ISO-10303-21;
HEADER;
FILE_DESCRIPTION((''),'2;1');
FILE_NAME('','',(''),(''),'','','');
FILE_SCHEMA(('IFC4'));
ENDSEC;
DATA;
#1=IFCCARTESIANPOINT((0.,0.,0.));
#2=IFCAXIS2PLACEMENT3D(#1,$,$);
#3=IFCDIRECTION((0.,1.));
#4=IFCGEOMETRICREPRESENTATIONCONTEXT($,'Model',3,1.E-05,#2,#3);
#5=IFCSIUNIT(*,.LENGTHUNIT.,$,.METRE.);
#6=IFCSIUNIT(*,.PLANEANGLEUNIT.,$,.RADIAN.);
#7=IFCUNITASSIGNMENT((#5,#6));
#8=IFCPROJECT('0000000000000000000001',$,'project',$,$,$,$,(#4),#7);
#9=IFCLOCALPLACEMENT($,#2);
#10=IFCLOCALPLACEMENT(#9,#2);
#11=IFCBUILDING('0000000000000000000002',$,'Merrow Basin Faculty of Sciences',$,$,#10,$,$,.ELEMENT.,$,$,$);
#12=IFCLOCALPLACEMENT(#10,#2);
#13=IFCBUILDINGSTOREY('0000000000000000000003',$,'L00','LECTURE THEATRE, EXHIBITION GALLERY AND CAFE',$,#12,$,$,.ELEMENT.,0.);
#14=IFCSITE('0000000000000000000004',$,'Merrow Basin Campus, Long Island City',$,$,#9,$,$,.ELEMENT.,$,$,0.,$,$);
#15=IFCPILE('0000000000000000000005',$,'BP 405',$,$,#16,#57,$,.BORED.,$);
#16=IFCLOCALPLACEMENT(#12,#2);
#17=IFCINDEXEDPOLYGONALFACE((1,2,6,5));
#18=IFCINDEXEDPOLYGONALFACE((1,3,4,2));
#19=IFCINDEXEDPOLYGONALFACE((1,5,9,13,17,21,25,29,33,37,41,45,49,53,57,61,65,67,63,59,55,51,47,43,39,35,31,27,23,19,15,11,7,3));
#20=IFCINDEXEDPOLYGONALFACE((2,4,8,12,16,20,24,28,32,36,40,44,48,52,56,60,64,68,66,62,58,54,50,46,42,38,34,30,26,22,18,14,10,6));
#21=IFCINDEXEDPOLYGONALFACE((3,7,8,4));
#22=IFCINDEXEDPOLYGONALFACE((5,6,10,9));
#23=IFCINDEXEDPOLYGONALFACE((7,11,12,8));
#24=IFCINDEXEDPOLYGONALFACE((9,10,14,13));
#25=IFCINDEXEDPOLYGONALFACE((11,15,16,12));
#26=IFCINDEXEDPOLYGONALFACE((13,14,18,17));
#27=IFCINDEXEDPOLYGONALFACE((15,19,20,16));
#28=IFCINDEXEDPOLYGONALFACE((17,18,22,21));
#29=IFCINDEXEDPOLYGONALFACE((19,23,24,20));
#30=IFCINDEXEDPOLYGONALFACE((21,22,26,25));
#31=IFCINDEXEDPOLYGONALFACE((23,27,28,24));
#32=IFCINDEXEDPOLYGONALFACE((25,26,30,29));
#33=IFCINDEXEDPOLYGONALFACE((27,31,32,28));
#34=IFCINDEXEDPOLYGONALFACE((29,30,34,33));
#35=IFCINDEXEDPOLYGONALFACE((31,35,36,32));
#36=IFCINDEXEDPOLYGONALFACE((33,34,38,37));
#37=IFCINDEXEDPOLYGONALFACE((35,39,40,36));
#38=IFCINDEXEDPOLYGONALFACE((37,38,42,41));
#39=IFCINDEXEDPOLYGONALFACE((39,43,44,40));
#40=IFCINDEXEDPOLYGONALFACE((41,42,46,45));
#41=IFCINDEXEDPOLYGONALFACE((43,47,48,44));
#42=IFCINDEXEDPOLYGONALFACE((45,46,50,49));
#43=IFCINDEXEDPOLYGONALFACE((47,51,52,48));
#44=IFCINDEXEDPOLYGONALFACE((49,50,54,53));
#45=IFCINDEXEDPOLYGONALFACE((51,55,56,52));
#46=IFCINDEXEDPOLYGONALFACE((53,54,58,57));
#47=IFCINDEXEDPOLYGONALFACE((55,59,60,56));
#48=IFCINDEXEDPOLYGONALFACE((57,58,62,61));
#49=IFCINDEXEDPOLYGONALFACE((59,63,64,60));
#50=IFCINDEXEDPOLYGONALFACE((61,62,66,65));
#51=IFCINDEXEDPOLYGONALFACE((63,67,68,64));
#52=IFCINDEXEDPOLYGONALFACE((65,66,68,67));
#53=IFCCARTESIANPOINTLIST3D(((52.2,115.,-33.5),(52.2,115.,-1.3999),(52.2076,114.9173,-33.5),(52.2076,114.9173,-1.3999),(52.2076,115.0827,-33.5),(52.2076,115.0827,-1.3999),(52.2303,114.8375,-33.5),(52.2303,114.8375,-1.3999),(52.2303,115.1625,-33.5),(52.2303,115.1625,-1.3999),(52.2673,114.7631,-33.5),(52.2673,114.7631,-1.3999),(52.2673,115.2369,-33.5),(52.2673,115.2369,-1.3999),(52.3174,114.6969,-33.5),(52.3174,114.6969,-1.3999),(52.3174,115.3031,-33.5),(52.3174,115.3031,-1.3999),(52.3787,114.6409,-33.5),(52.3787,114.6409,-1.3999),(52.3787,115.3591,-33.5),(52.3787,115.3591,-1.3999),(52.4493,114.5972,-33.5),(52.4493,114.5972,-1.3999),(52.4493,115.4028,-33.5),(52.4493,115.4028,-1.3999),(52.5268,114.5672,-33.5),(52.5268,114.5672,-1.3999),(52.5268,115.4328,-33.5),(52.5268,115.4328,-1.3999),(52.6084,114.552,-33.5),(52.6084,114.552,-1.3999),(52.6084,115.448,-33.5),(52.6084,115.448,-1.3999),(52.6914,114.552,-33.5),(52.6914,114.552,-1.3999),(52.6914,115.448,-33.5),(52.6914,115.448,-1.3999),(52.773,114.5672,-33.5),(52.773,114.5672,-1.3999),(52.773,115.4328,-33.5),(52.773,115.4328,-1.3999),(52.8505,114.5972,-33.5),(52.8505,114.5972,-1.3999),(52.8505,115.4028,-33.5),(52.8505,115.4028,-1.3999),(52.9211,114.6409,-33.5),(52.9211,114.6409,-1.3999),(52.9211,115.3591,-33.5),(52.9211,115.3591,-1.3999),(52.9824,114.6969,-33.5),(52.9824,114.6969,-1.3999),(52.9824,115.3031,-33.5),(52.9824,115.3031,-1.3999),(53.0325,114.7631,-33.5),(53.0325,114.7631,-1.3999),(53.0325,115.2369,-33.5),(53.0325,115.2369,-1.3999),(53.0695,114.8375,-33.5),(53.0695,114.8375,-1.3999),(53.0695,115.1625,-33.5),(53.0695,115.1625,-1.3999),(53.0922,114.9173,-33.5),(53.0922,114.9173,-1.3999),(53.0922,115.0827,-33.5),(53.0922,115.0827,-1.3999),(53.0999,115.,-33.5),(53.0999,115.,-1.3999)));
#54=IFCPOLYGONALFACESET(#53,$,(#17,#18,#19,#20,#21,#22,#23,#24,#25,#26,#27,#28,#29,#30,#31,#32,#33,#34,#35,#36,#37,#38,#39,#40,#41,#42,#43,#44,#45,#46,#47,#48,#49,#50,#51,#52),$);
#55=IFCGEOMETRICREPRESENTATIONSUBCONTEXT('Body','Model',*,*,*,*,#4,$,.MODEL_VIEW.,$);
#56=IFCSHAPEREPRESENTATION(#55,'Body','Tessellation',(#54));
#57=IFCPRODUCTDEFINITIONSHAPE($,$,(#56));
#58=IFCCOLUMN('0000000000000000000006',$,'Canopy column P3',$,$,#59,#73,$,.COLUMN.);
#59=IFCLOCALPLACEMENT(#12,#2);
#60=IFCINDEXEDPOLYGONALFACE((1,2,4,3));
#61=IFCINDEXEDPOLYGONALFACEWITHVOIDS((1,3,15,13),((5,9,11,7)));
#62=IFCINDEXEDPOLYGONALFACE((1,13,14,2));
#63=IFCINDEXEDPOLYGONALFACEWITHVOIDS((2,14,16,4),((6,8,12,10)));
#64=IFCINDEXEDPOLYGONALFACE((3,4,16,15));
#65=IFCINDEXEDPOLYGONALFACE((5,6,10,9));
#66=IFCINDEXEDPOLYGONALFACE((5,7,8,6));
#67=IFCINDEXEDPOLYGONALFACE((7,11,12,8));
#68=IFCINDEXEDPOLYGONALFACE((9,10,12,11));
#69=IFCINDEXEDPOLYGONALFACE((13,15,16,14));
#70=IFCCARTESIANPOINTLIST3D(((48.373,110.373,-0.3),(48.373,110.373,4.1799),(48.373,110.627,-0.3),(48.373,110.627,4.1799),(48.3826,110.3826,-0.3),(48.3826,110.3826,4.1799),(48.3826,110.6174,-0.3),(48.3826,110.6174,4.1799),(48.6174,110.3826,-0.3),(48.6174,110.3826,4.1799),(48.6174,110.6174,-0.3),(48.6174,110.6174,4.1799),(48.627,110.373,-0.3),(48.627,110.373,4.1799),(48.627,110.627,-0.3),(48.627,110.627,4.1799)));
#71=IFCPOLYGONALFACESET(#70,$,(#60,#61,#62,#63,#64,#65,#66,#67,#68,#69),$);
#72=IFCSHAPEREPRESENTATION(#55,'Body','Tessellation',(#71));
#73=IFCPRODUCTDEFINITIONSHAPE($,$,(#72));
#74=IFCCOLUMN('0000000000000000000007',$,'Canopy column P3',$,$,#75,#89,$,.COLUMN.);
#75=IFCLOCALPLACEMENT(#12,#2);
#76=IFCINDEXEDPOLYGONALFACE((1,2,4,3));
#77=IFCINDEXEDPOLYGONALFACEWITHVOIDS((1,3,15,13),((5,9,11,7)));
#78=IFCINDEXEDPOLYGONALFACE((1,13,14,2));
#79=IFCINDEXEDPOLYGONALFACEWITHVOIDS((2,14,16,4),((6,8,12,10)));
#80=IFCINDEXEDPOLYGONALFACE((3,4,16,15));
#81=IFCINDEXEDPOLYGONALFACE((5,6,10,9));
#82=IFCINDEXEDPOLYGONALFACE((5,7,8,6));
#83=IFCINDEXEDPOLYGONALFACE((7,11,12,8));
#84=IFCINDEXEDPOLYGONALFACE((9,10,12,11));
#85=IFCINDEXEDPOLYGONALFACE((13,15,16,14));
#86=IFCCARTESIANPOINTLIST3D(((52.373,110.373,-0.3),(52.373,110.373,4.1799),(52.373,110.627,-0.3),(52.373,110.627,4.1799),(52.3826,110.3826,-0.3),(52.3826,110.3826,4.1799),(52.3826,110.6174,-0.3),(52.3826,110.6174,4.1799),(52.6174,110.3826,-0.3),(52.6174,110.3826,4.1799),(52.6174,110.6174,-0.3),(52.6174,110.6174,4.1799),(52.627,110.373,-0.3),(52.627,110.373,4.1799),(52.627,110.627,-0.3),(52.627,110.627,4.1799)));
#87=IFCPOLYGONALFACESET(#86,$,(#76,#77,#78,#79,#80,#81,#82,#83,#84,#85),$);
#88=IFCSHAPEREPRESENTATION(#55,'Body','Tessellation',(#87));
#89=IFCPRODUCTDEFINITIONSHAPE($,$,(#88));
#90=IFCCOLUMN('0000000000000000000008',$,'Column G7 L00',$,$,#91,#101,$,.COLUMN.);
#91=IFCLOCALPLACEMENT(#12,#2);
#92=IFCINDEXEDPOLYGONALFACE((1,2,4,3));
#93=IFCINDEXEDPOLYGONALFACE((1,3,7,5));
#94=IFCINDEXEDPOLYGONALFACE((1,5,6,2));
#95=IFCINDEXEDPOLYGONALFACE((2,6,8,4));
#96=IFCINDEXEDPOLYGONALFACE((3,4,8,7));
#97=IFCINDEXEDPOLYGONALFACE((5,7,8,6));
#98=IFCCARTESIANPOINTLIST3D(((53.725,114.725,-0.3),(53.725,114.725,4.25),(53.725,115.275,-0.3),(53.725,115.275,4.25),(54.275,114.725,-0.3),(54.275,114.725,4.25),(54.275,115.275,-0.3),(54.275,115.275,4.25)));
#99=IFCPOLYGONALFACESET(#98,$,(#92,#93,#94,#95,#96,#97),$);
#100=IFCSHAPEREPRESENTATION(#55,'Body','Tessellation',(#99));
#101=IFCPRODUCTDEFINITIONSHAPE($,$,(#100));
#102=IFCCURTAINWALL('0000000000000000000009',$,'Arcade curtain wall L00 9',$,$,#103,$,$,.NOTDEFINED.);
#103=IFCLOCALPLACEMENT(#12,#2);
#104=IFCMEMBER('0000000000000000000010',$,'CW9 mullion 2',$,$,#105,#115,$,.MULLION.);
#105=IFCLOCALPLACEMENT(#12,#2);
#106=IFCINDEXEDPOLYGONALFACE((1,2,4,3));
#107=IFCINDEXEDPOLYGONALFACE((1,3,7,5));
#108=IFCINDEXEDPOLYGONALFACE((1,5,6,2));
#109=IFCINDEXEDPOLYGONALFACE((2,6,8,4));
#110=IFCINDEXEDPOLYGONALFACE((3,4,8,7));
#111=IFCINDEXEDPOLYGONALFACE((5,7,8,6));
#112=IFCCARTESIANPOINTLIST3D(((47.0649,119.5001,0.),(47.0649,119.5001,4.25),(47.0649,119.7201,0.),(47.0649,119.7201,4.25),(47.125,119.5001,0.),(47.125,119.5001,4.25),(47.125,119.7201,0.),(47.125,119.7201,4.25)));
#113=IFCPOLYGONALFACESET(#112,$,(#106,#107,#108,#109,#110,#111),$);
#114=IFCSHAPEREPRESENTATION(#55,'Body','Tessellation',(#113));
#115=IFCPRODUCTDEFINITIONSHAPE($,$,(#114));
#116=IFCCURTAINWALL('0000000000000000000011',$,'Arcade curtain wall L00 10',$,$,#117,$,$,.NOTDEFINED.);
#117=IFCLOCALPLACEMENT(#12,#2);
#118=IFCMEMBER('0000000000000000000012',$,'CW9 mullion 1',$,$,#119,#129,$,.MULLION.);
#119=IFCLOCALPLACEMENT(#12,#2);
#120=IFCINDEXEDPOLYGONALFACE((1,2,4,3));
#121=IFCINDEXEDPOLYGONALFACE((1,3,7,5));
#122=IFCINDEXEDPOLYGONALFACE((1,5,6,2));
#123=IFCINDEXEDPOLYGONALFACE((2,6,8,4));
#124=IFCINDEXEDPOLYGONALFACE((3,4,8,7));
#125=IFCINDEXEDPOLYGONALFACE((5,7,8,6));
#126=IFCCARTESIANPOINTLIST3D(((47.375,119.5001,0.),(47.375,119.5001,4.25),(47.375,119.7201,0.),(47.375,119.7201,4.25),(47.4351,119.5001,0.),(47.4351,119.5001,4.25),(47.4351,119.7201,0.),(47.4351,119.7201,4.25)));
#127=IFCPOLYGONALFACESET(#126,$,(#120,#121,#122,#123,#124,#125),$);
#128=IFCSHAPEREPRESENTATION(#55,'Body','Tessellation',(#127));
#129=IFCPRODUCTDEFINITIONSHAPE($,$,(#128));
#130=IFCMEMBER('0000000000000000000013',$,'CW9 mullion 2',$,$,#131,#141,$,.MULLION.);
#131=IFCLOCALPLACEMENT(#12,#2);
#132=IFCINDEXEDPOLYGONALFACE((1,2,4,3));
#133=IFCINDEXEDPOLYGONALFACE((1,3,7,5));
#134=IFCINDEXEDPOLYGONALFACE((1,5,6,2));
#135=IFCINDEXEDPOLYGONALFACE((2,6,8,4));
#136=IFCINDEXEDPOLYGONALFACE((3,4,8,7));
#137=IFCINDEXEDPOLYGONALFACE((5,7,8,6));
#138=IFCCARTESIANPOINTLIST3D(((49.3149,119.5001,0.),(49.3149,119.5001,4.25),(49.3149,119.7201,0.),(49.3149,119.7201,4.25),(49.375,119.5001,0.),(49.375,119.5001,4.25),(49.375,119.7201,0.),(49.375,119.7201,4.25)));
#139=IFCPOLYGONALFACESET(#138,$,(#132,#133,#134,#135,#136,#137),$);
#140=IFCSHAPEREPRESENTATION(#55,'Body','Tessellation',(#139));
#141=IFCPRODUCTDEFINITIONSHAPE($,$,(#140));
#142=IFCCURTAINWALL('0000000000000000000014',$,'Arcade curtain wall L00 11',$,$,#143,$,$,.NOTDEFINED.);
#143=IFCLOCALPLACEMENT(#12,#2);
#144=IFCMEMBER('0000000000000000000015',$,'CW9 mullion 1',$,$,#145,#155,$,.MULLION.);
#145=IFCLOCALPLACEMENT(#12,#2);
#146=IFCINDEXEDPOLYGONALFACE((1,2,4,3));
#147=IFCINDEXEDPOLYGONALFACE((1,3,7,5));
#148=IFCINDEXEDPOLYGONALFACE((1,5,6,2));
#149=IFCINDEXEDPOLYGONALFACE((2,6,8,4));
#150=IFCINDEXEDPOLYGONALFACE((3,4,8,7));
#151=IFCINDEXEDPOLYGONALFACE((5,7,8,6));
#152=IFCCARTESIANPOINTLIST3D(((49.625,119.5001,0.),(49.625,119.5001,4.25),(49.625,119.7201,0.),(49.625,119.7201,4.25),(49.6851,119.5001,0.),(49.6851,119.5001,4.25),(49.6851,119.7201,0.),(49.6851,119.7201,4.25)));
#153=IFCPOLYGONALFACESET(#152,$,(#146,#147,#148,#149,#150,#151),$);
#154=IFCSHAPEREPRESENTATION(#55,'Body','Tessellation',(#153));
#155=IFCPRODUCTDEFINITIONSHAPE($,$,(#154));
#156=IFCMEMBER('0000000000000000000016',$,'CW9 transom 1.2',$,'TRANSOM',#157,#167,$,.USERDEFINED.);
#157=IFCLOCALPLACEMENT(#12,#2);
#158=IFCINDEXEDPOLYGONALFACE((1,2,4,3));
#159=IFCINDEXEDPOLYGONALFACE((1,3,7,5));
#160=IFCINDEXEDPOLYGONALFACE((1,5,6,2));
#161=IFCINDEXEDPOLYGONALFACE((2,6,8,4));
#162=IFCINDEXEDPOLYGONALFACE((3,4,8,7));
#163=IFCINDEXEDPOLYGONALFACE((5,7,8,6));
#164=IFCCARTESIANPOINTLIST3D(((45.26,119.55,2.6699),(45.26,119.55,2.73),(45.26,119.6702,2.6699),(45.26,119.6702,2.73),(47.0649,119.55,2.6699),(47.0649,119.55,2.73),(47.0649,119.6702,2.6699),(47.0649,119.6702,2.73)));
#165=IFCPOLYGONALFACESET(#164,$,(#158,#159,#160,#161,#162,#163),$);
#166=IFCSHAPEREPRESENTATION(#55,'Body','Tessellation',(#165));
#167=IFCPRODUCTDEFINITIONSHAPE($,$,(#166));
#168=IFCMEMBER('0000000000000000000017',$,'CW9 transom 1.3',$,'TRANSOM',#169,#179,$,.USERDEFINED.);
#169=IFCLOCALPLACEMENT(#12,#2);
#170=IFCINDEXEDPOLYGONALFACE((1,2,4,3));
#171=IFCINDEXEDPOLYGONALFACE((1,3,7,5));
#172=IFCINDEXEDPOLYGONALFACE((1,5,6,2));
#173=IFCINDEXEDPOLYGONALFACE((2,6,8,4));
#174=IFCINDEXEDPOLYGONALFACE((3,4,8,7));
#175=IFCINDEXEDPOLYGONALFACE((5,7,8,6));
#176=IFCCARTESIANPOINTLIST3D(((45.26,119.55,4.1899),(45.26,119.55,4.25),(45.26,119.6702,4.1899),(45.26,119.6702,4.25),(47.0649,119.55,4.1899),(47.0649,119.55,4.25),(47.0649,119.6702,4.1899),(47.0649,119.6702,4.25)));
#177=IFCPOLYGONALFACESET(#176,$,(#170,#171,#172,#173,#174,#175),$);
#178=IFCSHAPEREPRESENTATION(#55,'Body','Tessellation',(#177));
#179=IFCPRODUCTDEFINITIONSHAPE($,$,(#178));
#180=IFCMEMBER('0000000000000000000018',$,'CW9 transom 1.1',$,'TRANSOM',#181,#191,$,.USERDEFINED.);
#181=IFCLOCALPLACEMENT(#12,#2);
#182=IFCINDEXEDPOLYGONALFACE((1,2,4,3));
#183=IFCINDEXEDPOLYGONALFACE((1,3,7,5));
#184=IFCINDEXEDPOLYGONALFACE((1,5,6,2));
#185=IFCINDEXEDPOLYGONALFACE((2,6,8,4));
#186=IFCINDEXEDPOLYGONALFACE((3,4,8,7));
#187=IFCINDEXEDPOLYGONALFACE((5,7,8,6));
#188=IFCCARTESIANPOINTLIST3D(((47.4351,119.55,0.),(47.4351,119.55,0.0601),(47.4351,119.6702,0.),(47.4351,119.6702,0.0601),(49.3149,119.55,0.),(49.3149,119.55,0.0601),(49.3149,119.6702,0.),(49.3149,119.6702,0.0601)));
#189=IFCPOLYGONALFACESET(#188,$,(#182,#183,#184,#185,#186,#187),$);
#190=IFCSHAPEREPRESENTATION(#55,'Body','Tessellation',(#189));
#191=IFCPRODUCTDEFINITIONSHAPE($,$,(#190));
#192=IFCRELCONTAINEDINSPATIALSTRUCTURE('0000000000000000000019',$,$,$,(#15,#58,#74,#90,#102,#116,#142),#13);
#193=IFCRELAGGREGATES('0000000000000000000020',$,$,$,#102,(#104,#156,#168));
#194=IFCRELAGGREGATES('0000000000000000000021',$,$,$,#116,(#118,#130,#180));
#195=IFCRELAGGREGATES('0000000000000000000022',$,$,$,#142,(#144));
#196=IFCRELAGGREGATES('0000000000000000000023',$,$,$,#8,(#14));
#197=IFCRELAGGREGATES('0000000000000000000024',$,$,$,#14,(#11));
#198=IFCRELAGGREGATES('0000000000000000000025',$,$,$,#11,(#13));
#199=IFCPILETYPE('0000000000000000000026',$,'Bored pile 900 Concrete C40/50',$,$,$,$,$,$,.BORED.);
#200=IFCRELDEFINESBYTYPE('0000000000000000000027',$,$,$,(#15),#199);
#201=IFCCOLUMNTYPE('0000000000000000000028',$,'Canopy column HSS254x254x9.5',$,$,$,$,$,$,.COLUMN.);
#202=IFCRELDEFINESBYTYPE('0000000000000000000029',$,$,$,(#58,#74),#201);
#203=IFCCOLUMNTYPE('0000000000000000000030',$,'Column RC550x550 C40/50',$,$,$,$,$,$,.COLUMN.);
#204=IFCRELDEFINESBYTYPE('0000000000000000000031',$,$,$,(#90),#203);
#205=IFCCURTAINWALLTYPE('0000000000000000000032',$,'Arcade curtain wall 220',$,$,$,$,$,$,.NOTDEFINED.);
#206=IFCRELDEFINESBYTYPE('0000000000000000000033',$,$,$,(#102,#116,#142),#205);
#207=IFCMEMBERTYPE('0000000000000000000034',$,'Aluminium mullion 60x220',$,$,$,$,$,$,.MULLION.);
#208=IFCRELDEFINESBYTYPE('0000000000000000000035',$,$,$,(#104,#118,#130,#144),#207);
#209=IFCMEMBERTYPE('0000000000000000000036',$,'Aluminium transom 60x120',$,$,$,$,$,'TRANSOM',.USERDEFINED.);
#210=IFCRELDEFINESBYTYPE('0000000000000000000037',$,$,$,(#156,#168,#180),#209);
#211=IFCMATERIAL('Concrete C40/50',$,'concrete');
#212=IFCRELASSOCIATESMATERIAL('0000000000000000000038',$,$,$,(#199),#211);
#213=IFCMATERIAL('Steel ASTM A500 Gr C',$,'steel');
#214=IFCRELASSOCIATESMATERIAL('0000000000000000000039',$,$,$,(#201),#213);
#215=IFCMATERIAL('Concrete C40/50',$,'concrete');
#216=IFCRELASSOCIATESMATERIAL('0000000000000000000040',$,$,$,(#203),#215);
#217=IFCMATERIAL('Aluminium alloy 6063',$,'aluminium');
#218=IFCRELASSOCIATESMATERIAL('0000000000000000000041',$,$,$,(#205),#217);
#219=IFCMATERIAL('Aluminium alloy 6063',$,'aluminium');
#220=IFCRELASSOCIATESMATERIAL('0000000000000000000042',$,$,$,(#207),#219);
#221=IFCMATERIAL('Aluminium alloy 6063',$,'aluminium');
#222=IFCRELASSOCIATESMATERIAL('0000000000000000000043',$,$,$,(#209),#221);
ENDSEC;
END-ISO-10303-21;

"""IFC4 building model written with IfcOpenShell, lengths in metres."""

from ifc_helpers import new_model, si_unit, direction, frame, origin, origin_2d, place, context, subcontext, project, spatial, rectangle, hollow_rectangle, circle, extrude, material, material_profile, profile_set, type_object, element, aggregate, save


model = new_model("IFC4")

# Units and contexts
model_context = context("Model", 3, precision=1e-05, world=origin(), true_north=direction((0.0, 1.0)))
body_context = subcontext(model_context, "Body", "Model", "MODEL_VIEW")
ifc_project = project(units=[si_unit("LENGTHUNIT", "METRE"), si_unit("PLANEANGLEUNIT", "RADIAN")], contexts=[model_context])

# Site, building, storey
site_placement = place(None, origin())
site = spatial("IfcSite", under=ifc_project, at=site_placement, Name="Merrow Basin Campus, Long Island City", CompositionType="ELEMENT", RefElevation=0.0)
building_placement = place(site_placement, origin())
building = spatial("IfcBuilding", under=site, at=building_placement, Name="Merrow Basin Faculty of Sciences", CompositionType="ELEMENT")
storey_placement = place(building_placement, origin())
storey = spatial("IfcBuildingStorey", under=building, at=storey_placement, Name="L00", Description="LECTURE THEATRE, EXHIBITION GALLERY AND CAFE", CompositionType="ELEMENT", Elevation=0.0)

# Pile
ifc_material_1 = material(Name="Concrete C40/50", Category="concrete")
ifc_material_profile_1 = material_profile(ifc_material_1, circle(Radius=0.45, at=origin_2d()))
ifc_profile_set_1 = profile_set([ifc_material_profile_1], Name="Concrete C40/50")
pile_type_1 = type_object("IfcPileType", Name="Bored pile 900 Concrete C40/50", PredefinedType="BORED", material=ifc_profile_set_1)
for number, where, z_axis, x_axis, name in (
    (1, (52.6499, 115.0, -1.3999), (0.0, 0.0, -1.0), (1.0, 0.0, 0.0), "BP 405"),
):
    element("IfcPile", number, at=place(storey_placement, frame(where, z_axis=z_axis, x_axis=x_axis)), inside=storey, type_object=pile_type_1, Name=name, PredefinedType="BORED", context=body_context, shape_type="SweptSolid", body=[
        extrude(circle(Radius=0.45, at=origin_2d()), origin(), (0.0, 0.0, 1.0), 32.1001),
    ])

# Columns
ifc_material_2 = material(Name="Steel ASTM A500 Gr C", Category="steel")
ifc_material_profile_2 = material_profile(ifc_material_2, hollow_rectangle(XDim=0.2539, YDim=0.2539, WallThickness=0.0095, at=origin_2d()))
ifc_profile_set_2 = profile_set([ifc_material_profile_2], Name="Steel ASTM A500 Gr C")
column_type_1 = type_object("IfcColumnType", Name="Canopy column HSS254x254x9.5", PredefinedType="COLUMN", material=ifc_profile_set_2)
for number, where, z_axis, x_axis, name in (
    (2, (48.5, 110.5, -0.3), (0.0, 0.0, 1.0), (1.0, 0.0, 0.0), "Canopy column P3"),
    (3, (52.5, 110.5, -0.3), (0.0, 0.0, 1.0), (1.0, 0.0, 0.0), "Canopy column P3"),
):
    element("IfcColumn", number, at=place(storey_placement, frame(where, z_axis=z_axis, x_axis=x_axis)), inside=storey, type_object=column_type_1, Name=name, PredefinedType="COLUMN", context=body_context, shape_type="SweptSolid", body=[
        extrude(hollow_rectangle(XDim=0.2539, YDim=0.2539, WallThickness=0.0095, at=origin_2d()), origin(), (0.0, 0.0, 1.0), 4.48),
    ])
ifc_material_3 = material(Name="Concrete C40/50", Category="concrete")
ifc_material_profile_3 = material_profile(ifc_material_3, rectangle(XDim=0.55, YDim=0.55, at=origin_2d()))
ifc_profile_set_3 = profile_set([ifc_material_profile_3], Name="Concrete C40/50")
column_type_2 = type_object("IfcColumnType", Name="Column RC550x550 C40/50", PredefinedType="COLUMN", material=ifc_profile_set_3)
column_placement = place(storey_placement, frame((54.0, 115.0, -0.3), z_axis=(0.0, 0.0, 1.0), x_axis=(1.0, 0.0, 0.0)))
element("IfcColumn", 4, at=column_placement, inside=storey, type_object=column_type_2, Name="Column G7 L00", PredefinedType="COLUMN", context=body_context, shape_type="SweptSolid", body=[
    extrude(rectangle(XDim=0.55, YDim=0.55, at=origin_2d()), origin(), (0.0, 0.0, 1.0), 4.55),
])

# Curtain wall, member
ifc_material_4 = material(Name="Aluminium alloy 6063", Category="aluminium")
curtain_wall_type = type_object("IfcCurtainWallType", Name="Arcade curtain wall 220", PredefinedType="NOTDEFINED", material=ifc_material_4)
curtain_wall_1_placement = place(storey_placement, origin())
curtain_wall_1 = element("IfcCurtainWall", 5, at=curtain_wall_1_placement, inside=storey, type_object=curtain_wall_type, Name="Arcade curtain wall L00 9", PredefinedType="NOTDEFINED")
ifc_material_5 = material(Name="Aluminium alloy 6063", Category="aluminium")
ifc_material_profile_4 = material_profile(ifc_material_5, rectangle(XDim=0.22, YDim=0.0601, at=origin_2d()))
ifc_profile_set_4 = profile_set([ifc_material_profile_4], Name="Aluminium alloy 6063")
member_type_1 = type_object("IfcMemberType", Name="Aluminium mullion 60x220", PredefinedType="MULLION", material=ifc_profile_set_4)
member_1_placement = place(storey_placement, frame((47.095, 119.6101, 0.0), z_axis=(0.0, 0.0, 1.0), x_axis=(0.0, 1.0, 0.0)))
member_1 = element("IfcMember", 6, at=member_1_placement, type_object=member_type_1, Name="CW9 mullion 2", PredefinedType="MULLION", context=body_context, shape_type="SweptSolid", body=[
    extrude(rectangle(XDim=0.22, YDim=0.0601, at=origin_2d()), origin(), (0.0, 0.0, 1.0), 4.25),
])

# Curtain wall, members
curtain_wall_2_placement = place(storey_placement, origin())
curtain_wall_2 = element("IfcCurtainWall", 7, at=curtain_wall_2_placement, inside=storey, type_object=curtain_wall_type, Name="Arcade curtain wall L00 10", PredefinedType="NOTDEFINED")
member_2_placement = place(storey_placement, frame((47.405, 119.6101, 0.0), z_axis=(0.0, 0.0, 1.0), x_axis=(0.0, 1.0, 0.0)))
member_2 = element("IfcMember", 8, at=member_2_placement, type_object=member_type_1, Name="CW9 mullion 1", PredefinedType="MULLION", context=body_context, shape_type="SweptSolid", body=[
    extrude(rectangle(XDim=0.22, YDim=0.0601, at=origin_2d()), origin(), (0.0, 0.0, 1.0), 4.25),
])
member_3_placement = place(storey_placement, frame((49.345, 119.6101, 0.0), z_axis=(0.0, 0.0, 1.0), x_axis=(0.0, 1.0, 0.0)))
member_3 = element("IfcMember", 9, at=member_3_placement, type_object=member_type_1, Name="CW9 mullion 2", PredefinedType="MULLION", context=body_context, shape_type="SweptSolid", body=[
    extrude(rectangle(XDim=0.22, YDim=0.0601, at=origin_2d()), origin(), (0.0, 0.0, 1.0), 4.25),
])

# Curtain wall, member
curtain_wall_3_placement = place(storey_placement, origin())
curtain_wall_3 = element("IfcCurtainWall", 10, at=curtain_wall_3_placement, inside=storey, type_object=curtain_wall_type, Name="Arcade curtain wall L00 11", PredefinedType="NOTDEFINED")
member_4_placement = place(storey_placement, frame((49.655, 119.6101, 0.0), z_axis=(0.0, 0.0, 1.0), x_axis=(0.0, 1.0, 0.0)))
member_4 = element("IfcMember", 11, at=member_4_placement, type_object=member_type_1, Name="CW9 mullion 1", PredefinedType="MULLION", context=body_context, shape_type="SweptSolid", body=[
    extrude(rectangle(XDim=0.22, YDim=0.0601, at=origin_2d()), origin(), (0.0, 0.0, 1.0), 4.25),
])

# Members
ifc_material_6 = material(Name="Aluminium alloy 6063", Category="aluminium")
ifc_material_profile_5 = material_profile(ifc_material_6, rectangle(XDim=0.1201, YDim=0.0601, at=origin_2d()))
ifc_profile_set_5 = profile_set([ifc_material_profile_5], Name="Aluminium alloy 6063")
member_type_2 = type_object("IfcMemberType", Name="Aluminium transom 60x120", ElementType="TRANSOM", PredefinedType="USERDEFINED", material=ifc_profile_set_5)
member_5_placement = place(storey_placement, frame((45.26, 119.6101, 2.7), z_axis=(1.0, 0.0, 0.0), x_axis=(0.0, 1.0, 0.0)))
member_5 = element("IfcMember", 12, at=member_5_placement, type_object=member_type_2, Name="CW9 transom 1.2", ObjectType="TRANSOM", PredefinedType="USERDEFINED", context=body_context, shape_type="SweptSolid", body=[
    extrude(rectangle(XDim=0.1201, YDim=0.0601, at=origin_2d()), origin(), (0.0, 0.0, 1.0), 1.8049),
])
member_6_placement = place(storey_placement, frame((45.26, 119.6101, 4.22), z_axis=(1.0, 0.0, 0.0), x_axis=(0.0, 1.0, 0.0)))
member_6 = element("IfcMember", 13, at=member_6_placement, type_object=member_type_2, Name="CW9 transom 1.3", ObjectType="TRANSOM", PredefinedType="USERDEFINED", context=body_context, shape_type="SweptSolid", body=[
    extrude(rectangle(XDim=0.1201, YDim=0.0601, at=origin_2d()), origin(), (0.0, 0.0, 1.0), 1.8049),
])
member_7_placement = place(storey_placement, frame((47.4351, 119.6101, 0.03), z_axis=(1.0, 0.0, 0.0), x_axis=(0.0, 1.0, 0.0)))
member_7 = element("IfcMember", 14, at=member_7_placement, type_object=member_type_2, Name="CW9 transom 1.1", ObjectType="TRANSOM", PredefinedType="USERDEFINED", context=body_context, shape_type="SweptSolid", body=[
    extrude(rectangle(XDim=0.1201, YDim=0.0601, at=origin_2d()), origin(), (0.0, 0.0, 1.0), 1.8799),
])

aggregate(curtain_wall_1, [member_1, member_5, member_6])
aggregate(curtain_wall_2, [member_2, member_3, member_7])
aggregate(curtain_wall_3, [member_4])

save(model, "model.ifc")
